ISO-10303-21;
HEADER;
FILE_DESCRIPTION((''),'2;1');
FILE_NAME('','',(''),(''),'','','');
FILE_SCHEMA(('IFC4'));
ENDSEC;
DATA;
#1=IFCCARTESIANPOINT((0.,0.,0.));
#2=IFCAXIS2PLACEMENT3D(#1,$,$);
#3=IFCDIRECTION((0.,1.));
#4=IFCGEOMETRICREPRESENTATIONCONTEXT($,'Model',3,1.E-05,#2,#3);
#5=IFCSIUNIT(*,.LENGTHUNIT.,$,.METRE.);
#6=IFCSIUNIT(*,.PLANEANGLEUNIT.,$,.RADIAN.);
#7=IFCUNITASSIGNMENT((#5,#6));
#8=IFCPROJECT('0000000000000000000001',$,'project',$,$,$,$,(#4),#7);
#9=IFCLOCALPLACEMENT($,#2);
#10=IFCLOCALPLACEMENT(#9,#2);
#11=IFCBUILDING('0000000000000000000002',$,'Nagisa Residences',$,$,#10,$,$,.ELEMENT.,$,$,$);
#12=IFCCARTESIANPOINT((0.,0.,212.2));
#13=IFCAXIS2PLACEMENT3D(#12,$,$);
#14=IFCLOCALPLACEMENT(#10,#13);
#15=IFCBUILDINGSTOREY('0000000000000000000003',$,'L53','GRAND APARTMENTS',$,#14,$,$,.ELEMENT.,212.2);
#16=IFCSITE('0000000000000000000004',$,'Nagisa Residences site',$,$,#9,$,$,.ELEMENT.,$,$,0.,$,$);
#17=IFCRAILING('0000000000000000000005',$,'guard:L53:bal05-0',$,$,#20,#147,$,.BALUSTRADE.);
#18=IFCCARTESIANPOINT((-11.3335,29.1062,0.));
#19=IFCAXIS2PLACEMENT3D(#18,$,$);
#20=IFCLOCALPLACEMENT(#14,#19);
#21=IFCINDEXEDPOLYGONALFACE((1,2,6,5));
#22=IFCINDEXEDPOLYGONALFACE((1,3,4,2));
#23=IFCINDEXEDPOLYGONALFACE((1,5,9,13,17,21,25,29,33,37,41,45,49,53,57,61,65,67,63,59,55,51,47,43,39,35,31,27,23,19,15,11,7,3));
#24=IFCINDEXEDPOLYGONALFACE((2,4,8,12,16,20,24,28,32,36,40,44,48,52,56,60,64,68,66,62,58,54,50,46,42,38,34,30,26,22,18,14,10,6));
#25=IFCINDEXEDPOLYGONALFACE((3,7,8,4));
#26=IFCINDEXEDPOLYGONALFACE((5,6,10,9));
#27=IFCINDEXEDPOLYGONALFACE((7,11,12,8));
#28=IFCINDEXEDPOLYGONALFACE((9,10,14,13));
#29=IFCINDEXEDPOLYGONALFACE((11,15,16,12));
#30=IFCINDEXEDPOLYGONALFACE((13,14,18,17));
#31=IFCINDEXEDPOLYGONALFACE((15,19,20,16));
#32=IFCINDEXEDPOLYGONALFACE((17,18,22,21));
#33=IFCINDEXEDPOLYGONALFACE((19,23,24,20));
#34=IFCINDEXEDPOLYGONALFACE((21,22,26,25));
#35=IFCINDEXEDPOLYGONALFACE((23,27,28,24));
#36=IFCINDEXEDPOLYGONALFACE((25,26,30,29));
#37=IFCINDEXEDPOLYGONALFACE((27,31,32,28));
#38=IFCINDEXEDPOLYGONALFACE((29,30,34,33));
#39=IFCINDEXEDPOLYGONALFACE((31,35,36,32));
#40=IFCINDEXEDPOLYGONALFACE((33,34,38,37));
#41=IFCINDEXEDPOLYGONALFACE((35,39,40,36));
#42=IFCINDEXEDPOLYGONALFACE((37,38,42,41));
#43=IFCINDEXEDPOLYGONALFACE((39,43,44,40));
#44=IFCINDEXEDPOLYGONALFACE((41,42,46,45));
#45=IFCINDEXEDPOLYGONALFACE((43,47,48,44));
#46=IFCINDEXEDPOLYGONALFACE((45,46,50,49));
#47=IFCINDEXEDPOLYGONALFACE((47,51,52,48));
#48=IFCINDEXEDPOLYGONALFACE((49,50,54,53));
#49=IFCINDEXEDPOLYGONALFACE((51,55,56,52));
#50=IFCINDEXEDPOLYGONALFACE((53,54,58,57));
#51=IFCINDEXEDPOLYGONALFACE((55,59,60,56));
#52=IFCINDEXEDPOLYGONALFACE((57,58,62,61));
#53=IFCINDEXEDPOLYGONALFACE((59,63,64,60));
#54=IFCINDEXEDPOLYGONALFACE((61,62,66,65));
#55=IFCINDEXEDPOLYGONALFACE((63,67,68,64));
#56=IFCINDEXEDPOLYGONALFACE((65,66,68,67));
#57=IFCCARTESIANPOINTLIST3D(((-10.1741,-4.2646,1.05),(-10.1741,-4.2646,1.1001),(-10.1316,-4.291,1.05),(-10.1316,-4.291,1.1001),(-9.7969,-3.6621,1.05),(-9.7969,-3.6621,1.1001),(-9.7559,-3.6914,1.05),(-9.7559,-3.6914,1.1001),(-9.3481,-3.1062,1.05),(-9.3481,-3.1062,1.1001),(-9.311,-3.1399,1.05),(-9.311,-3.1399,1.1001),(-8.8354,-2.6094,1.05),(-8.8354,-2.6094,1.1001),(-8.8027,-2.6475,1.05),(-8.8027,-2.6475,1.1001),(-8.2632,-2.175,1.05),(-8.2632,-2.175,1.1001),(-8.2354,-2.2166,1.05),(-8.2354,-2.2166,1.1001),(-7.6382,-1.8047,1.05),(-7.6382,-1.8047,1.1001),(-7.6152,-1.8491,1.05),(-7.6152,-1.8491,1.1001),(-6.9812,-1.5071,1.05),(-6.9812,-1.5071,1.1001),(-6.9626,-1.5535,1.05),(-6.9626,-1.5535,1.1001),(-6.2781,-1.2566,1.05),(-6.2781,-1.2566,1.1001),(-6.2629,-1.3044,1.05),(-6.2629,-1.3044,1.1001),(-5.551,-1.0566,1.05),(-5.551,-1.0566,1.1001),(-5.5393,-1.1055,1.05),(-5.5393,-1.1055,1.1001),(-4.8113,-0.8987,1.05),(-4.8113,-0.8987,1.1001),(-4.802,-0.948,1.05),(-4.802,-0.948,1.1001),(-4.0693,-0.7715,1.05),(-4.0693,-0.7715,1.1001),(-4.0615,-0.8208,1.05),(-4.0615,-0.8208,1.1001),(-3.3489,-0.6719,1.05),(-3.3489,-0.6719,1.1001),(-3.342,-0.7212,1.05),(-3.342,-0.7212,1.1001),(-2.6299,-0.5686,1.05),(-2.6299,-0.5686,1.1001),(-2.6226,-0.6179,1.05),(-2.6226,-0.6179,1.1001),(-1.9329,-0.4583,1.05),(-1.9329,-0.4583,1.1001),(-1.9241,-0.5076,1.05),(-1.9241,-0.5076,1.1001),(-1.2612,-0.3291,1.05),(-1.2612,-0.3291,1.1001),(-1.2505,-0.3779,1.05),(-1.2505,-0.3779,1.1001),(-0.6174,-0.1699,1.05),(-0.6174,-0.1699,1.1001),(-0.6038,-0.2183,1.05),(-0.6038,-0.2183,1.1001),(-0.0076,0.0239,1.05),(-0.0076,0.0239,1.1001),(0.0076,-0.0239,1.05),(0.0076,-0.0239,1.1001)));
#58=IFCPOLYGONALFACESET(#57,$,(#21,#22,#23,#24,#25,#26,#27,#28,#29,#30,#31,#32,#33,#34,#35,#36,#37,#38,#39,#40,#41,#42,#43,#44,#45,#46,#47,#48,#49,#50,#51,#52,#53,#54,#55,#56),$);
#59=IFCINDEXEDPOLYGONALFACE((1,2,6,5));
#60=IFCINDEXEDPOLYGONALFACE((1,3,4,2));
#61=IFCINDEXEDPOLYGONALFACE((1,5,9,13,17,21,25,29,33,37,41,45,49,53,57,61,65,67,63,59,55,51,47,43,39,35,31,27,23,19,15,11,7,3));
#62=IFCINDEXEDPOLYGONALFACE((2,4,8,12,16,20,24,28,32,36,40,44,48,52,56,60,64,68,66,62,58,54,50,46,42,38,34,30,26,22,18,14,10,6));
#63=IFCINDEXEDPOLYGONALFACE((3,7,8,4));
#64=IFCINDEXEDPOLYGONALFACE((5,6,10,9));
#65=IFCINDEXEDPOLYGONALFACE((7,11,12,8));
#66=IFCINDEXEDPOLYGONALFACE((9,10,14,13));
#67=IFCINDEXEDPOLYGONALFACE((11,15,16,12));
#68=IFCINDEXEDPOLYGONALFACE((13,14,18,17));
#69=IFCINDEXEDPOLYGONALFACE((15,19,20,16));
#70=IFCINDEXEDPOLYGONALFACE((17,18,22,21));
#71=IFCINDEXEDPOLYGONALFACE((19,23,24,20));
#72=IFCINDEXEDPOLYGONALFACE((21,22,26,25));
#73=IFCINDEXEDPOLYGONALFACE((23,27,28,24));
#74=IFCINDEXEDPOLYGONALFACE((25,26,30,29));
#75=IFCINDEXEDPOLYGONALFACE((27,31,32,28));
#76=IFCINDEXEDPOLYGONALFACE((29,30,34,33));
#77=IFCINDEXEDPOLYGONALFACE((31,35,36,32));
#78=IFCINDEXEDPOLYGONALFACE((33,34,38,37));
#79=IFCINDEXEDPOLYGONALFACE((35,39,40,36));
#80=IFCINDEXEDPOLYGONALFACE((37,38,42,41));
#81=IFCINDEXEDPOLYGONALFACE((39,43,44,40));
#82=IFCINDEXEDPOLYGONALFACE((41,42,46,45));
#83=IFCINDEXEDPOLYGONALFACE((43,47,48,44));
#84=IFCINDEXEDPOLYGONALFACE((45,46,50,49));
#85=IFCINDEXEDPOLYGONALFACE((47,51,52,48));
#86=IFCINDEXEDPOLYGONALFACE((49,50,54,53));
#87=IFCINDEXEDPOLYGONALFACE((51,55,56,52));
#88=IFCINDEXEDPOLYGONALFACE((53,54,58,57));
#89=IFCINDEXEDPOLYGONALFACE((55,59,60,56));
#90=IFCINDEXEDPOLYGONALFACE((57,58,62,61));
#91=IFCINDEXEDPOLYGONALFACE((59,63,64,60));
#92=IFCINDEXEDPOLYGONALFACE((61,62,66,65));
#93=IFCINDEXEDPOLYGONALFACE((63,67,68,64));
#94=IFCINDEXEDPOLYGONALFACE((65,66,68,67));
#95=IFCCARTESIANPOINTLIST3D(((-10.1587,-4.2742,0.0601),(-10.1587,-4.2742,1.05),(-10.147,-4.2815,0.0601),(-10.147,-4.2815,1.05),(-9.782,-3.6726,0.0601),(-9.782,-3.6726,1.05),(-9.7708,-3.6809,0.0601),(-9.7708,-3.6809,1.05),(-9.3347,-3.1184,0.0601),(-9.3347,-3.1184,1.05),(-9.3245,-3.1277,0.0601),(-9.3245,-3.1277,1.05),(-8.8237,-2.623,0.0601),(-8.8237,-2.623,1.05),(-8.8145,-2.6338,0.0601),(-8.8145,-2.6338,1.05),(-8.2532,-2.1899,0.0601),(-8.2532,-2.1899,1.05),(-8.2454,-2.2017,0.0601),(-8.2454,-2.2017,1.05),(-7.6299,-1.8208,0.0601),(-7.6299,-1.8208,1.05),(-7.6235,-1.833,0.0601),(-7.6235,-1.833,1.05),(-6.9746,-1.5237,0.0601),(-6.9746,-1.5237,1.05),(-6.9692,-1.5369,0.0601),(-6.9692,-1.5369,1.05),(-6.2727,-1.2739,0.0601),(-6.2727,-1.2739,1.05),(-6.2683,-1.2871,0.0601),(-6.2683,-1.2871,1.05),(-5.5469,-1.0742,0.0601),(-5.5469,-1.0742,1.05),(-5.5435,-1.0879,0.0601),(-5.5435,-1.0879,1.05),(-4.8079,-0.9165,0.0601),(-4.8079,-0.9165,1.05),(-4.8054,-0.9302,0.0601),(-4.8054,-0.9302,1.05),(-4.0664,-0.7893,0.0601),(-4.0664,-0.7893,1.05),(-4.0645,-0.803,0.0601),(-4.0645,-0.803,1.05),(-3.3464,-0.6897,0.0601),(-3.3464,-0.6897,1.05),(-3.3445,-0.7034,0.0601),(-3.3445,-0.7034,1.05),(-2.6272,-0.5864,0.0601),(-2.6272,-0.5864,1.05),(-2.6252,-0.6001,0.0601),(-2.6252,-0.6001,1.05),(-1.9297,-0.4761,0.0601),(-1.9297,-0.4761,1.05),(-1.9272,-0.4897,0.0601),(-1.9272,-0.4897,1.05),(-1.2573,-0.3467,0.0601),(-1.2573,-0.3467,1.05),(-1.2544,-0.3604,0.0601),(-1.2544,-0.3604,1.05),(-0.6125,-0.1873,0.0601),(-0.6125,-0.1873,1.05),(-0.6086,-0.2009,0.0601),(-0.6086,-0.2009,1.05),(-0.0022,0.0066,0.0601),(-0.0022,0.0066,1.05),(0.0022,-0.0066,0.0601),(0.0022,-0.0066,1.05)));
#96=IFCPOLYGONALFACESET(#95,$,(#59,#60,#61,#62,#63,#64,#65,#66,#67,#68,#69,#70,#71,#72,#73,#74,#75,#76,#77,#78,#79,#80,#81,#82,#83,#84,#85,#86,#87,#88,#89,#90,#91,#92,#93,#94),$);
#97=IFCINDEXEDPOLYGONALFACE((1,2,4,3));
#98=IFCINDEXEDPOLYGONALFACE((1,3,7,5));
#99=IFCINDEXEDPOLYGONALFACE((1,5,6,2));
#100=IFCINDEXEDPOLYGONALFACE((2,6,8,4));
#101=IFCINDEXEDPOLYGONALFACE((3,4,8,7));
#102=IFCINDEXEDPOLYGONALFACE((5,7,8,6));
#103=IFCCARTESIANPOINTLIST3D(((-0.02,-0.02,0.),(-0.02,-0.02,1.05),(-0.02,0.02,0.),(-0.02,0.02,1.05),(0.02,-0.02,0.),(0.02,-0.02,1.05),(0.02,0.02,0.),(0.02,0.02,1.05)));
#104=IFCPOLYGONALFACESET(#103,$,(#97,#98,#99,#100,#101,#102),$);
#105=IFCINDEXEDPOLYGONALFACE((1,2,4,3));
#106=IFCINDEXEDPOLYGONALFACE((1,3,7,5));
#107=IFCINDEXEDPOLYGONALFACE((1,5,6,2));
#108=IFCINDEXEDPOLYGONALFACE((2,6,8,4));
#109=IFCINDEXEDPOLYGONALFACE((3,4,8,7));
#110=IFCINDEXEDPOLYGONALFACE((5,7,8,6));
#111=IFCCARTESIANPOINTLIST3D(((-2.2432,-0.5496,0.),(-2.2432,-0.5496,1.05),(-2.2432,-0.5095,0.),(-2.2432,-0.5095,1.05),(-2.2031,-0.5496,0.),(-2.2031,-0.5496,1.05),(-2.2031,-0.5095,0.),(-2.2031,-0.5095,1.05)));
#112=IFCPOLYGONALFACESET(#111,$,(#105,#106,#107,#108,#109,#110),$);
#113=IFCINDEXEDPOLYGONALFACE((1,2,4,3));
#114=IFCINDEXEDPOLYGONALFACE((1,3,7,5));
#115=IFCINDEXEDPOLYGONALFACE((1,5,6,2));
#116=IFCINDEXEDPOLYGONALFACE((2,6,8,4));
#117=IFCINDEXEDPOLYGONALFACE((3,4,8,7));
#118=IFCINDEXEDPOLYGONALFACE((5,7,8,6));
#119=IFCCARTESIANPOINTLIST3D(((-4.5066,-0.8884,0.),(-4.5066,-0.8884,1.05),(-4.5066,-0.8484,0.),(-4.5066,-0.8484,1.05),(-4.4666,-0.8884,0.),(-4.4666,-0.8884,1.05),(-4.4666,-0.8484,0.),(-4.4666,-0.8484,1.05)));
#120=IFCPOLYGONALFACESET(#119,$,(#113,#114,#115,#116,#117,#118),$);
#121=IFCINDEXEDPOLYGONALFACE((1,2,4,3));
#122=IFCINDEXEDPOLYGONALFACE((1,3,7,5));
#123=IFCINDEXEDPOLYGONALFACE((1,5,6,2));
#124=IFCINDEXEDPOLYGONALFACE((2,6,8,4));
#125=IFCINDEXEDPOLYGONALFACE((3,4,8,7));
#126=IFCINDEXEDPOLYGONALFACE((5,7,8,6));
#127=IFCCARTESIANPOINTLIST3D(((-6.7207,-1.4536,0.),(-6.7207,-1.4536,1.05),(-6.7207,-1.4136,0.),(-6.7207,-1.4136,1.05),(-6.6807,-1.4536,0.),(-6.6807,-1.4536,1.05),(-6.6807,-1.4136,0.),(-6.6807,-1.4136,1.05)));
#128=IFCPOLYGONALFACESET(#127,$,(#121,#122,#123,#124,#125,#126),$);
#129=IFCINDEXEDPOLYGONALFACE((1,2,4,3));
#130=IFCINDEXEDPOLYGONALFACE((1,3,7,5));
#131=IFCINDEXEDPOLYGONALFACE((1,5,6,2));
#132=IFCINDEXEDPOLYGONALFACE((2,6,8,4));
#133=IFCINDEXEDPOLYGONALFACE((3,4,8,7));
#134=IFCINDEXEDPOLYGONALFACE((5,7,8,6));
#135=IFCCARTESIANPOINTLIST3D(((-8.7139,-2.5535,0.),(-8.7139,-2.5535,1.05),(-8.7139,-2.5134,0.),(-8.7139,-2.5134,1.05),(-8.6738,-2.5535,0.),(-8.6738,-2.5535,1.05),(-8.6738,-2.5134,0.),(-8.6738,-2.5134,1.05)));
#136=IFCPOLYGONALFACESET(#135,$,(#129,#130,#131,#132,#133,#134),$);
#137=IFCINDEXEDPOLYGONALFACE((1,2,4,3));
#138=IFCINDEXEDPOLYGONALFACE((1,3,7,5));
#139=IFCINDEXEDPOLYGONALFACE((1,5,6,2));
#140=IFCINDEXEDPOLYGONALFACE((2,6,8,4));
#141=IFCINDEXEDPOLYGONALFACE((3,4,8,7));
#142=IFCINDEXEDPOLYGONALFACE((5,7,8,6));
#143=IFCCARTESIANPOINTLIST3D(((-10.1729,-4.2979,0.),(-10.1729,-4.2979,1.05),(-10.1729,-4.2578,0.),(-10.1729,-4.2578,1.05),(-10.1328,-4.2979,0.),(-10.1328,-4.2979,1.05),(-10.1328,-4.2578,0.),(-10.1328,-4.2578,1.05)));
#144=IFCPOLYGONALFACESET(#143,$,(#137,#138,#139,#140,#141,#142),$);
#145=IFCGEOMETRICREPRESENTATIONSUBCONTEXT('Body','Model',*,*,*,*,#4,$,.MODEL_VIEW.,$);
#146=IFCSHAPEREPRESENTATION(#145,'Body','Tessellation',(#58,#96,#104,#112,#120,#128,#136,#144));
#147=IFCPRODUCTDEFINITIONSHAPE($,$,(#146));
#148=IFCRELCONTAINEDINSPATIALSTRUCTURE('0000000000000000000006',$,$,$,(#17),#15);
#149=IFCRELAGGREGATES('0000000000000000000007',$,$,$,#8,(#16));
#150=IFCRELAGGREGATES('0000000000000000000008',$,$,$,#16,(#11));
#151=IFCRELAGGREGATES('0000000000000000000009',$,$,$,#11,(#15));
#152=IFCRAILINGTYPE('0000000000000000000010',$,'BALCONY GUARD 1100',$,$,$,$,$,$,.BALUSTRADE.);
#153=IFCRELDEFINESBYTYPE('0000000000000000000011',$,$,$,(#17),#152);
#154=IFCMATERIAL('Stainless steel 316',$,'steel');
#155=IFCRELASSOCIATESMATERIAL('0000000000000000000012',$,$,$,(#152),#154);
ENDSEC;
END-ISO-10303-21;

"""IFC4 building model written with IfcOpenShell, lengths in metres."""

from ifc_helpers import new_model, si_unit, direction, frame, origin, origin_2d, place, context, subcontext, project, spatial, polyline, rectangle, outline, extrude, material, type_object, element, save


model = new_model("IFC4")

# Units and contexts
model_context = context("Model", 3, precision=1e-05, world=origin(), true_north=direction((0.0, 1.0)))
body_context = subcontext(model_context, "Body", "Model", "MODEL_VIEW")
ifc_project = project(units=[si_unit("LENGTHUNIT", "METRE"), si_unit("PLANEANGLEUNIT", "RADIAN")], contexts=[model_context])

# Site, building, storey
site_placement = place(None, origin())
site = spatial("IfcSite", under=ifc_project, at=site_placement, Name="Nagisa Residences site", CompositionType="ELEMENT", RefElevation=0.0)
building_placement = place(site_placement, origin())
building = spatial("IfcBuilding", under=site, at=building_placement, Name="Nagisa Residences", CompositionType="ELEMENT")
storey_placement = place(building_placement, frame((0.0, 0.0, 212.2)))
storey = spatial("IfcBuildingStorey", under=building, at=storey_placement, Name="L53", Description="GRAND APARTMENTS", CompositionType="ELEMENT", Elevation=212.2)

# Railing
ifc_material_1 = material(Name="Stainless steel 316", Category="steel")
railing_type = type_object("IfcRailingType", Name="BALCONY GUARD 1100", PredefinedType="BALUSTRADE", material=ifc_material_1)
railing_1_placement = place(storey_placement, frame((-11.3335, 29.1062, 0.0)))
element("IfcRailing", 1, at=railing_1_placement, inside=storey, type_object=railing_type, Name="guard:L53:bal05-0", PredefinedType="BALUSTRADE", context=body_context, shape_type="SweptSolid", body=[
    extrude(outline(polyline([(-0.6038, -0.2183), (0.0076, -0.0239), (-0.0076, 0.0239), (-0.6174, -0.1699), (-1.2612, -0.3291), (-1.9329, -0.4583), (-2.6299, -0.5686), (-3.3489, -0.6719), (-4.0693, -0.7715), (-4.8113, -0.8987), (-5.551, -1.0566), (-6.2781, -1.2566), (-6.9812, -1.5071), (-7.6382, -1.8047), (-8.2632, -2.175), (-8.8354, -2.6094), (-9.3481, -3.1062), (-9.7969, -3.6621), (-10.1741, -4.2646), (-10.1316, -4.291), (-9.7559, -3.6914), (-9.311, -3.1399), (-8.8027, -2.6475), (-8.2354, -2.2166), (-7.6152, -1.8491), (-6.9626, -1.5535), (-6.2629, -1.3044), (-5.5393, -1.1055), (-4.802, -0.948), (-4.0615, -0.8208), (-3.342, -0.7212), (-2.6226, -0.6179), (-1.9241, -0.5076), (-1.2505, -0.3779), (-0.6038, -0.2183)])), frame((0.0, 0.0, 1.05)), (0.0, 0.0, 1.0), 0.05),
    extrude(outline(polyline([(-0.6086, -0.2009), (0.0022, -0.0066), (-0.0022, 0.0066), (-0.6125, -0.1873), (-1.2573, -0.3467), (-1.9297, -0.4761), (-2.6272, -0.5864), (-3.3464, -0.6897), (-4.0664, -0.7893), (-4.8079, -0.9165), (-5.5469, -1.0742), (-6.2727, -1.2739), (-6.9746, -1.5237), (-7.6299, -1.8208), (-8.2532, -2.1899), (-8.8237, -2.623), (-9.3347, -3.1184), (-9.782, -3.6726), (-10.1587, -4.2742), (-10.147, -4.2815), (-9.7708, -3.6809), (-9.3245, -3.1277), (-8.8145, -2.6338), (-8.2454, -2.2017), (-7.6235, -1.833), (-6.9692, -1.5369), (-6.2683, -1.2871), (-5.5435, -1.0879), (-4.8054, -0.9302), (-4.0645, -0.803), (-3.3445, -0.7034), (-2.6252, -0.6001), (-1.9272, -0.4897), (-1.2544, -0.3604), (-0.6086, -0.2009)])), frame((0.0, 0.0, 0.0601)), (0.0, 0.0, 1.0), 0.99),
    extrude(rectangle(XDim=0.04, YDim=0.04, at=origin_2d()), origin(), (0.0, 0.0, 1.0), 1.05),
    extrude(rectangle(XDim=0.04, YDim=0.04, at=origin_2d()), frame((-2.2231, -0.5295, 0.0)), (0.0, 0.0, 1.0), 1.05),
    extrude(rectangle(XDim=0.04, YDim=0.04, at=origin_2d()), frame((-4.4866, -0.8684, 0.0)), (0.0, 0.0, 1.0), 1.05),
    extrude(rectangle(XDim=0.04, YDim=0.04, at=origin_2d()), frame((-6.7007, -1.4336, 0.0)), (0.0, 0.0, 1.0), 1.05),
    extrude(rectangle(XDim=0.04, YDim=0.04, at=origin_2d()), frame((-8.6938, -2.5334, 0.0)), (0.0, 0.0, 1.0), 1.05),
    extrude(rectangle(XDim=0.04, YDim=0.04, at=origin_2d()), frame((-10.1528, -4.2778, 0.0)), (0.0, 0.0, 1.0), 1.05),
])

save(model, "model.ifc")
